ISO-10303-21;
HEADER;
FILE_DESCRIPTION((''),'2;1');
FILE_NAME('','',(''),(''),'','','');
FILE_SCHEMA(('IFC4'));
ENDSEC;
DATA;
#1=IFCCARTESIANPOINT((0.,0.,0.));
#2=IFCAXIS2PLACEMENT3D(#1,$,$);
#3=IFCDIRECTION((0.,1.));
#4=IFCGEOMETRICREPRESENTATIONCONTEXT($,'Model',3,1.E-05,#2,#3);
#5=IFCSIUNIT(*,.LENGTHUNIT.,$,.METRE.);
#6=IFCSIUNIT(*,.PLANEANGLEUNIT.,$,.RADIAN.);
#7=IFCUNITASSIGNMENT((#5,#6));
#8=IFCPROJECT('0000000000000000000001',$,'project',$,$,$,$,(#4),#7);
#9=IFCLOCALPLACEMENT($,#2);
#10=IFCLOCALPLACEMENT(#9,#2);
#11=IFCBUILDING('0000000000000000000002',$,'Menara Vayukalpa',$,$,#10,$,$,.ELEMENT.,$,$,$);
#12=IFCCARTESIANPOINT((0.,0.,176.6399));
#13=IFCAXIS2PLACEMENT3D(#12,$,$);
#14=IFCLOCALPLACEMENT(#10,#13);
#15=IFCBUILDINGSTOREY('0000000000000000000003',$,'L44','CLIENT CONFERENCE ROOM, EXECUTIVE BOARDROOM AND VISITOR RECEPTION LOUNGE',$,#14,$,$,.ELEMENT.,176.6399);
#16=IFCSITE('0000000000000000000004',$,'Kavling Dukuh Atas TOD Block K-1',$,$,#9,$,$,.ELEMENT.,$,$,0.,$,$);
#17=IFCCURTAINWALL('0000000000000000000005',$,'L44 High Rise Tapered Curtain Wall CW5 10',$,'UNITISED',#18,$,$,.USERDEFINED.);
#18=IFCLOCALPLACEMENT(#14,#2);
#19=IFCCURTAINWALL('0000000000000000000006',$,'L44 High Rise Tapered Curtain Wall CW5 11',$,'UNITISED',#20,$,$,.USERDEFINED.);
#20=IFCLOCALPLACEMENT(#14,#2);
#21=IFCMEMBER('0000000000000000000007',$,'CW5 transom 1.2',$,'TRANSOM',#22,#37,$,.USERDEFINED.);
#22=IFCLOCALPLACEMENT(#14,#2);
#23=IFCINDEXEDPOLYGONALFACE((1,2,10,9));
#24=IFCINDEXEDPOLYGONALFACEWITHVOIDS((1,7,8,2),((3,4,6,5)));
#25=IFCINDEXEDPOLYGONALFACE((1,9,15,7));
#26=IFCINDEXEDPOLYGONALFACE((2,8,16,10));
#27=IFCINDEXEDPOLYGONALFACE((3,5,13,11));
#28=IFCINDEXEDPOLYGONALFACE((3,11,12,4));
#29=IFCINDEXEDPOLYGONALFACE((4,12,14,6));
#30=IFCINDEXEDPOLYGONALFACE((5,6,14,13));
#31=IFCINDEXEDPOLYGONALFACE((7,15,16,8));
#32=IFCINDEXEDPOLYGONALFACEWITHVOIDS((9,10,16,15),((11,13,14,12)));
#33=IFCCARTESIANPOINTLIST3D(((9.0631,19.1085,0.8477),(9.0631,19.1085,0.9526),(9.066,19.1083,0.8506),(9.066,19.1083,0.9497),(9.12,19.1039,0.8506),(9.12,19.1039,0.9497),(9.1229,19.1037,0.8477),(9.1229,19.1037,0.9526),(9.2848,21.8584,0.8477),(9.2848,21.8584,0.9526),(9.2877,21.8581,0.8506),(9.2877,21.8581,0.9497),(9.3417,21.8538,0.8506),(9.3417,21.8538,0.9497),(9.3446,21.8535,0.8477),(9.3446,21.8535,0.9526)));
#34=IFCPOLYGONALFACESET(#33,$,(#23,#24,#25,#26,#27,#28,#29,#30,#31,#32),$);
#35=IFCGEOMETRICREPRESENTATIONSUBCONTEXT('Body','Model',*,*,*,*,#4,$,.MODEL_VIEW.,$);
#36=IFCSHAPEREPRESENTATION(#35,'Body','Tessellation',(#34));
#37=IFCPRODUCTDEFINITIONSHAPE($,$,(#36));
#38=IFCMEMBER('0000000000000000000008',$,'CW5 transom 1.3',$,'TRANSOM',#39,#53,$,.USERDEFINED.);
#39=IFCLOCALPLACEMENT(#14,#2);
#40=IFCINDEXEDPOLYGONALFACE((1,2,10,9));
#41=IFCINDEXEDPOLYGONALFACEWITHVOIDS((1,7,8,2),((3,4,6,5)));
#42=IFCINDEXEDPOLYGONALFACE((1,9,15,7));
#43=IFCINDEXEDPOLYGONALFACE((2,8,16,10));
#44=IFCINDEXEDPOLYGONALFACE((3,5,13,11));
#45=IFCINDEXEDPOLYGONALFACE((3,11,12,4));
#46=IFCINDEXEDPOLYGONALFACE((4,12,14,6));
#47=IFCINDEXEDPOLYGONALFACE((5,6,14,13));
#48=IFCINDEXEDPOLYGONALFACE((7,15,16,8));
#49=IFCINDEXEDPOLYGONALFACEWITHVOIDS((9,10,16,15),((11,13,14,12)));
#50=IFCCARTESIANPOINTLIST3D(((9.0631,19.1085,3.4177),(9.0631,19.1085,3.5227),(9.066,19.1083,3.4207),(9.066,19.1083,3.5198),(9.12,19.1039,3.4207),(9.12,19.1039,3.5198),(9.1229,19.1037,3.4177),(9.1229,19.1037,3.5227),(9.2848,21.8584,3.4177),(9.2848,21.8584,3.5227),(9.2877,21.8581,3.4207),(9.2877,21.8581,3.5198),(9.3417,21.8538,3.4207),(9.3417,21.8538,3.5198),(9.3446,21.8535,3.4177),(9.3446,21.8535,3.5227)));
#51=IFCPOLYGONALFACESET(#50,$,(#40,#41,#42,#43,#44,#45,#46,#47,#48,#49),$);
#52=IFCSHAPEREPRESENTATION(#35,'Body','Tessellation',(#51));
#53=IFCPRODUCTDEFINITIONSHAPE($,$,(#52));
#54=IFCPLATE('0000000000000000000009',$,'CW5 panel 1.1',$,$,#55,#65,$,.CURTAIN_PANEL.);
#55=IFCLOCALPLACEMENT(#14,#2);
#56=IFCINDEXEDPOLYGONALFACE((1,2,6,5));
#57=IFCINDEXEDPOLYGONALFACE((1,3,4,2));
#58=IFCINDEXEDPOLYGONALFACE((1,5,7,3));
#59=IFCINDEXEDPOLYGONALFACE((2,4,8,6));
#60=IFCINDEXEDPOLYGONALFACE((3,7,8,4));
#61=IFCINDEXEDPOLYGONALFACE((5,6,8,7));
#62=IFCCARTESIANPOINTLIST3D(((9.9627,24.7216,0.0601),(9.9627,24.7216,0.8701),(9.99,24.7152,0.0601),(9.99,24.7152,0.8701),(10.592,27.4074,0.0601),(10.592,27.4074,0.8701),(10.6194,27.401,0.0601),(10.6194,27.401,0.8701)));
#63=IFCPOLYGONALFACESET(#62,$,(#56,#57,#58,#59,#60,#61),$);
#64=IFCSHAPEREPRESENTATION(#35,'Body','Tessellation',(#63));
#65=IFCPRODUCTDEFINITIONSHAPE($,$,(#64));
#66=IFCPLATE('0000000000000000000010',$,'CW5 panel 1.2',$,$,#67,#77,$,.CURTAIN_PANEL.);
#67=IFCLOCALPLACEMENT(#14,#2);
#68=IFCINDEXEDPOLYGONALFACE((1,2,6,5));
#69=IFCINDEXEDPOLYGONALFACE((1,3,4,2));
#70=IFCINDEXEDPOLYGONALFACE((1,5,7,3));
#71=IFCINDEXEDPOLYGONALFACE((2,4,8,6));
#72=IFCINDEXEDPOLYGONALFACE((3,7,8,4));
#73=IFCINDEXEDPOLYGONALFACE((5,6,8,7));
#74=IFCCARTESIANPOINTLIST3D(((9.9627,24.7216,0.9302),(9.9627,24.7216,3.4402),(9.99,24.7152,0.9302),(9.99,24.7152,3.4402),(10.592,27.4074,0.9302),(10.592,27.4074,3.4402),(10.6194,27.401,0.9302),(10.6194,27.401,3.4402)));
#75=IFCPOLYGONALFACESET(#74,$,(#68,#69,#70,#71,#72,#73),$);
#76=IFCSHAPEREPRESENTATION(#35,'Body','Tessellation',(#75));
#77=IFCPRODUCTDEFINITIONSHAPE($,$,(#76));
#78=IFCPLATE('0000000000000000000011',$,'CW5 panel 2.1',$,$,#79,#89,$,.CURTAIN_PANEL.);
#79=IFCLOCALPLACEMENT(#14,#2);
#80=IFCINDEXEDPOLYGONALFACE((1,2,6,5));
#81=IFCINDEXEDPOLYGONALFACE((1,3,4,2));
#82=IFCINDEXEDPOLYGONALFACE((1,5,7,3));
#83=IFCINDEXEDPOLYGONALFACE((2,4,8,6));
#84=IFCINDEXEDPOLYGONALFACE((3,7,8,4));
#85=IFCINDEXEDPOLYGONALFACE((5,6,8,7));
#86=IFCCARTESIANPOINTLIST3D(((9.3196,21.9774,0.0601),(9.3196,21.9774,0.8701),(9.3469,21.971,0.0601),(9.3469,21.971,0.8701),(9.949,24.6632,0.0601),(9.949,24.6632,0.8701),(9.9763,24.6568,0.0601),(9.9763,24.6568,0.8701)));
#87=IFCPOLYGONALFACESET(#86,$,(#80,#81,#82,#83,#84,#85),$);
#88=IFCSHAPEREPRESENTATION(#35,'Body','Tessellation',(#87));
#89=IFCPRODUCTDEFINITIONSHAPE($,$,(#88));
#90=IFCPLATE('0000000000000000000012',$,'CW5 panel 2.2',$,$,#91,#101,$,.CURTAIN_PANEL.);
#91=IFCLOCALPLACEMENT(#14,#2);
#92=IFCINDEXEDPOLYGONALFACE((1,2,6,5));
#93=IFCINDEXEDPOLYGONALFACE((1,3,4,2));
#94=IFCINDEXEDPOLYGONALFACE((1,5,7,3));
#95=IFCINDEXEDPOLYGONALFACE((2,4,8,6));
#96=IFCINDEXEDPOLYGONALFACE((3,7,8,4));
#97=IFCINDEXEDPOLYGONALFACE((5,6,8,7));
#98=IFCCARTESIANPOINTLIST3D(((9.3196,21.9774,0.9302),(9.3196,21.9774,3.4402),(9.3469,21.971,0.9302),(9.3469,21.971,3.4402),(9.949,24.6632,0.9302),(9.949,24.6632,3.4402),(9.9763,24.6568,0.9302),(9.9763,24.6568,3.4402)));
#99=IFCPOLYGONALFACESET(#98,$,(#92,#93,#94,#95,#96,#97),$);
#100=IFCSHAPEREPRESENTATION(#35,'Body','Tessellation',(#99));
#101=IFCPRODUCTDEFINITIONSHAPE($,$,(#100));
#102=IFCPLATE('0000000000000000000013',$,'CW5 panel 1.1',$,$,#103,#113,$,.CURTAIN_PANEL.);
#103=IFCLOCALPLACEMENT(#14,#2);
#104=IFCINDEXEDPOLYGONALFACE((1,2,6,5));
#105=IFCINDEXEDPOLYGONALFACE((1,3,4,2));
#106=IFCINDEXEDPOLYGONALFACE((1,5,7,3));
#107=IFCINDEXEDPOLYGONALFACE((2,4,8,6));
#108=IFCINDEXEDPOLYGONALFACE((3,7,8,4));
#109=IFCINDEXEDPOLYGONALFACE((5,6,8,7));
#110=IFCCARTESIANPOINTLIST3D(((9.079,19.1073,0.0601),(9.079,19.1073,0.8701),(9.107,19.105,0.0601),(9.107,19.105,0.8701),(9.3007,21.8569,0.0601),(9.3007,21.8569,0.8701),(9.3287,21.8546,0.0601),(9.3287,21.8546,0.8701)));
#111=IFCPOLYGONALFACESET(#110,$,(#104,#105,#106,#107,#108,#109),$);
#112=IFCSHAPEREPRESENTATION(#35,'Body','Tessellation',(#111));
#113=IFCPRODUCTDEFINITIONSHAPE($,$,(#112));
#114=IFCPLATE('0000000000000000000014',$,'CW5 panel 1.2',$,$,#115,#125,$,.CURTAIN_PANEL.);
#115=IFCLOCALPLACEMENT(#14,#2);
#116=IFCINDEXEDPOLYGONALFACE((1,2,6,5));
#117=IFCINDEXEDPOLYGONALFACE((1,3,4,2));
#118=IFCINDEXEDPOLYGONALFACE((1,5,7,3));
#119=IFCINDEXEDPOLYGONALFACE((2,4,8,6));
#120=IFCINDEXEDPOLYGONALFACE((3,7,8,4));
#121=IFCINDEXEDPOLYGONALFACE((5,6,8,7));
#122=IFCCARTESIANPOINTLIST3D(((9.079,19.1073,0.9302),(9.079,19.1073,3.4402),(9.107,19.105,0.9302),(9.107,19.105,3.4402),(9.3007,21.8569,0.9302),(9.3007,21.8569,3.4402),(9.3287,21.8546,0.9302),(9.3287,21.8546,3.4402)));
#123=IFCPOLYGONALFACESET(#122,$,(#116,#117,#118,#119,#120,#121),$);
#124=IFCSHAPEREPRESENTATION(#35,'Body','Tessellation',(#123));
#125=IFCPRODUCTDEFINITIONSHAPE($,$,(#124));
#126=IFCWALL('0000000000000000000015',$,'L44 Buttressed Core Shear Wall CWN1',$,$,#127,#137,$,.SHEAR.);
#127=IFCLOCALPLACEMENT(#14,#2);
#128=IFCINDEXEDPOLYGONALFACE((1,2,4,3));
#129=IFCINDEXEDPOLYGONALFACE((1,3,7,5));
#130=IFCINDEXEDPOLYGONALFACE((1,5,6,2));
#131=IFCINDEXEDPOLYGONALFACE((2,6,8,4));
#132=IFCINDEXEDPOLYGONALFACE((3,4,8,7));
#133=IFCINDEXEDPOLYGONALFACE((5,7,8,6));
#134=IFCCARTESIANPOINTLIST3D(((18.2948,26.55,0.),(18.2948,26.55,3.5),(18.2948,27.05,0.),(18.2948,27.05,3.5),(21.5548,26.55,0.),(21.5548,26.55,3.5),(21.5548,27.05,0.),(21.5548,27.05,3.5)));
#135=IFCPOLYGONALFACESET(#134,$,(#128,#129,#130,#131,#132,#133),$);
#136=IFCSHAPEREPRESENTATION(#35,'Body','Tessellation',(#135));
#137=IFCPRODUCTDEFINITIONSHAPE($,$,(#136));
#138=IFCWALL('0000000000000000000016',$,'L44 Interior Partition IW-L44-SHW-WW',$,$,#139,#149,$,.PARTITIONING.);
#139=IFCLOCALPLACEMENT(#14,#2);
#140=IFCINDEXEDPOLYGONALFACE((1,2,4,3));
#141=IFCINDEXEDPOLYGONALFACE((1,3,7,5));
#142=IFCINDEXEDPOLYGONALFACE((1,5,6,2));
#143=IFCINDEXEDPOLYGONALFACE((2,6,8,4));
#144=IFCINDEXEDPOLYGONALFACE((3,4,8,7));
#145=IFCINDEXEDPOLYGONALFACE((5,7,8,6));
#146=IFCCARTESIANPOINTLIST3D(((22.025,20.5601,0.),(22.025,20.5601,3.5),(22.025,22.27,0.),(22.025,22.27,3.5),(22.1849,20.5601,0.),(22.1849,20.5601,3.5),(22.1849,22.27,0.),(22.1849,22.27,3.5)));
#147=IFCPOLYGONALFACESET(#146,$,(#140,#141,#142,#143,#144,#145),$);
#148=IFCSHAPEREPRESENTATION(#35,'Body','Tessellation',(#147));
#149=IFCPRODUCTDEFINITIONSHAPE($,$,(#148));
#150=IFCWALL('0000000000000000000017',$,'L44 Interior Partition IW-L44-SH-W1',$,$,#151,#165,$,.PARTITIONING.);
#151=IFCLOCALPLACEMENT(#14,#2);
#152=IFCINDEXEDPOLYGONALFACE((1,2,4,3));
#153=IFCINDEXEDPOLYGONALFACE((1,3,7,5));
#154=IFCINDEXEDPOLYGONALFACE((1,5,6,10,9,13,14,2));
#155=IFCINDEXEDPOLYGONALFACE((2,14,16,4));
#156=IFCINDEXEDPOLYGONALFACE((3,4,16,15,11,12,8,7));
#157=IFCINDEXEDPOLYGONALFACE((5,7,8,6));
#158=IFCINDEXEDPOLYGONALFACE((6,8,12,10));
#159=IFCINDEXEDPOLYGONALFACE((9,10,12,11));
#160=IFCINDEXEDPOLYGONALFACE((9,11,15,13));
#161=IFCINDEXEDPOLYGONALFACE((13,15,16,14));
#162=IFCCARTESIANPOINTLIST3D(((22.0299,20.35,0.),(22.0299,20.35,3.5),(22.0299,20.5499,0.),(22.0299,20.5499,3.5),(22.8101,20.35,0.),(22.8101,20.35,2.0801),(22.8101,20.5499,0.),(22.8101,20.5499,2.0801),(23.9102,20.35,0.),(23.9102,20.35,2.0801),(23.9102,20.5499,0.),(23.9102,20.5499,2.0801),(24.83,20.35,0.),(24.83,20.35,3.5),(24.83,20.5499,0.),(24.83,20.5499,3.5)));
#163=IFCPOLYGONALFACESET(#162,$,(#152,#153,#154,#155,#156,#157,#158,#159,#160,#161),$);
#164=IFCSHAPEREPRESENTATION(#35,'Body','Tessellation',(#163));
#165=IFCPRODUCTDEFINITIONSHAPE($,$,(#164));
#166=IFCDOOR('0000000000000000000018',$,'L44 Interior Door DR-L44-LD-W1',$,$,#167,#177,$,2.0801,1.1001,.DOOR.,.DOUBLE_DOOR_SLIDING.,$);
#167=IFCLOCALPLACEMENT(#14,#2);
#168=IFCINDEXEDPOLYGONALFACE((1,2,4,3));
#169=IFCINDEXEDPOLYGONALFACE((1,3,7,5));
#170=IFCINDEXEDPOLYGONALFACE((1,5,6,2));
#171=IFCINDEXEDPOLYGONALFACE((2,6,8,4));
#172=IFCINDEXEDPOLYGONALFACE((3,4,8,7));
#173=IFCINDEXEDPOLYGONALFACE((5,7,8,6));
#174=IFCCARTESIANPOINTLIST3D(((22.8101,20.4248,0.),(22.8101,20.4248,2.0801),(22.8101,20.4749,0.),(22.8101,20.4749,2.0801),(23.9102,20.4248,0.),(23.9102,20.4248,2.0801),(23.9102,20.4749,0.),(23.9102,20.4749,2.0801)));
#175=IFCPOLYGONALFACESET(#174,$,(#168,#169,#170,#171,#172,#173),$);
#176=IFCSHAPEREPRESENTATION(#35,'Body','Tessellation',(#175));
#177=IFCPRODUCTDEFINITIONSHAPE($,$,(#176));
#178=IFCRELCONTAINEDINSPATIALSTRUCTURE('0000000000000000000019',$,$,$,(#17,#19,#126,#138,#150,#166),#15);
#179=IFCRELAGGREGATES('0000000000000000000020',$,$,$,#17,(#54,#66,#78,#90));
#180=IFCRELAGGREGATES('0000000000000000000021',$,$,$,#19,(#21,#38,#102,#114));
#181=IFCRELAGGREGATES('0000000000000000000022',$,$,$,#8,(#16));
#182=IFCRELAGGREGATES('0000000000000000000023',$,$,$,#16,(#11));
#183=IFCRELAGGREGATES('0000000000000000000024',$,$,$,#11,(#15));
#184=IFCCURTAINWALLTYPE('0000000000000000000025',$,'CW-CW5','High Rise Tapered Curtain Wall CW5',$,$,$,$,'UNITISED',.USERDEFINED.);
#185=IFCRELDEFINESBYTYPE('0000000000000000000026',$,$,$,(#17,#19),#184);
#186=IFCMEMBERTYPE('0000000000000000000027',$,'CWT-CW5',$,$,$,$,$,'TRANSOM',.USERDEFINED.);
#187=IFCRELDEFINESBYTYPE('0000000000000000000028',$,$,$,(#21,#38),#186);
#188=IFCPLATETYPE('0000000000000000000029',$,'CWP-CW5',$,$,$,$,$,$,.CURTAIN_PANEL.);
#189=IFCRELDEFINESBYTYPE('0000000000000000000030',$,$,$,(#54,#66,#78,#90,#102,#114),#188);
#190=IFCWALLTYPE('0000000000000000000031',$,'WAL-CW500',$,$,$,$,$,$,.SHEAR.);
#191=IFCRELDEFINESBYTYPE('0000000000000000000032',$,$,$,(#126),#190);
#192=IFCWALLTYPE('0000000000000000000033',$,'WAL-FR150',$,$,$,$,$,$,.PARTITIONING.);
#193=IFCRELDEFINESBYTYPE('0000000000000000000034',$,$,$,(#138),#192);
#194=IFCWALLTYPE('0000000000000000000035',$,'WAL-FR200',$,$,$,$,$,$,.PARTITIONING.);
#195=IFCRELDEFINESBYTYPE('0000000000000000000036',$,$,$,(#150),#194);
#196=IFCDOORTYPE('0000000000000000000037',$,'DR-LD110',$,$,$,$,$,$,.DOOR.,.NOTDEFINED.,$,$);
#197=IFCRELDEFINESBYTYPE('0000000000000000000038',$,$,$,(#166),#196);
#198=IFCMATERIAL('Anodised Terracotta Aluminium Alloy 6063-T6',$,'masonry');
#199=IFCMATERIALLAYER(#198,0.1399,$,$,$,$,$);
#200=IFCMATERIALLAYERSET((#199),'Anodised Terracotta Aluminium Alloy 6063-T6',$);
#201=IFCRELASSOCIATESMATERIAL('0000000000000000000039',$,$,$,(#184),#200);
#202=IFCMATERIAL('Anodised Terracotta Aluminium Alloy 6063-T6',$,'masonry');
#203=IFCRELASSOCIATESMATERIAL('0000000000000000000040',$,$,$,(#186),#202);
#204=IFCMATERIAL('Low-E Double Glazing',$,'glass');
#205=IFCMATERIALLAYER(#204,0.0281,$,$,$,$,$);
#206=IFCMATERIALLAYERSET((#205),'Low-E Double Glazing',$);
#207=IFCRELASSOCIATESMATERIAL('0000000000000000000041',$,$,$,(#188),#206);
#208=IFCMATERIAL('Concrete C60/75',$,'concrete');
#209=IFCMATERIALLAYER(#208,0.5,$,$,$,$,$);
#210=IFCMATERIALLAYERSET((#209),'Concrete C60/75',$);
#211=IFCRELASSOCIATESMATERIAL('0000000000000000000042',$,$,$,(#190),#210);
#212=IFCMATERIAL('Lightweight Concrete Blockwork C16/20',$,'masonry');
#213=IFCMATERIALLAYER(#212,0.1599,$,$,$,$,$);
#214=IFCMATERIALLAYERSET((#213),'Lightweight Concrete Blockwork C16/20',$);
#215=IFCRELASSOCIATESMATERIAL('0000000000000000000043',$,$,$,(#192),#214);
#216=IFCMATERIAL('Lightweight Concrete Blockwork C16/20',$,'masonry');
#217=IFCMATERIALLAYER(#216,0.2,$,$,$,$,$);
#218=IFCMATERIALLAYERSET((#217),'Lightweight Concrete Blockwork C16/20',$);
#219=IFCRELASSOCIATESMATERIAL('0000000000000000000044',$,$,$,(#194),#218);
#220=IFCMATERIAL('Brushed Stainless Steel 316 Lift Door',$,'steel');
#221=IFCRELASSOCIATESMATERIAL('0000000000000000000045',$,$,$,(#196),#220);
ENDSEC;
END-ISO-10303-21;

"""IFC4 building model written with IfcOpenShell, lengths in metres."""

from ifc_helpers import new_model, si_unit, direction, frame, frame_2d, origin, origin_2d, place, context, subcontext, project, spatial, rectangle, hollow_rectangle, extrude, material, layer, layer_set, material_profile, profile_set, type_object, element, fill, aggregate, save


model = new_model("IFC4")

# Units and contexts
model_context = context("Model", 3, precision=1e-05, world=origin(), true_north=direction((0.0, 1.0)))
body_context = subcontext(model_context, "Body", "Model", "MODEL_VIEW")
ifc_project = project(units=[si_unit("LENGTHUNIT", "METRE"), si_unit("PLANEANGLEUNIT", "RADIAN")], contexts=[model_context])

# Site, building, storey
site_placement = place(None, origin())
site = spatial("IfcSite", under=ifc_project, at=site_placement, Name="Kavling Dukuh Atas TOD Block K-1", CompositionType="ELEMENT", RefElevation=0.0)
building_placement = place(site_placement, origin())
building = spatial("IfcBuilding", under=site, at=building_placement, Name="Menara Vayukalpa", CompositionType="ELEMENT")
storey_placement = place(building_placement, frame((0.0, 0.0, 176.6399)))
storey = spatial("IfcBuildingStorey", under=building, at=storey_placement, Name="L44", Description="CLIENT CONFERENCE ROOM, EXECUTIVE BOARDROOM AND VISITOR RECEPTION LOUNGE", CompositionType="ELEMENT", Elevation=176.6399)

# Curtain wall
ifc_material_1 = material(Name="Anodised Terracotta Aluminium Alloy 6063-T6", Category="masonry")
ifc_layer_1 = layer(ifc_material_1, 0.1399)
ifc_layer_set_1 = layer_set([ifc_layer_1], Name="Anodised Terracotta Aluminium Alloy 6063-T6")
curtain_wall_type = type_object("IfcCurtainWallType", Name="CW-CW5", Description="High Rise Tapered Curtain Wall CW5", ElementType="UNITISED", PredefinedType="USERDEFINED", material=ifc_layer_set_1)
curtain_wall_1_placement = place(storey_placement, origin())
curtain_wall_1 = element("IfcCurtainWall", 1, at=curtain_wall_1_placement, inside=storey, type_object=curtain_wall_type, Name="L44 High Rise Tapered Curtain Wall CW5 10", ObjectType="UNITISED", PredefinedType="USERDEFINED")

# Curtain wall
curtain_wall_2_placement = place(storey_placement, origin())
curtain_wall_2 = element("IfcCurtainWall", 2, at=curtain_wall_2_placement, inside=storey, type_object=curtain_wall_type, Name="L44 High Rise Tapered Curtain Wall CW5 11", ObjectType="UNITISED", PredefinedType="USERDEFINED")

# Members
ifc_material_2 = material(Name="Anodised Terracotta Aluminium Alloy 6063-T6", Category="masonry")
ifc_material_profile_1 = material_profile(ifc_material_2, hollow_rectangle(XDim=0.0601, YDim=0.105, WallThickness=0.0029, at=origin_2d()), Name="ALU 60x105x3")
ifc_profile_set_1 = profile_set([ifc_material_profile_1], Name="Anodised Terracotta Aluminium Alloy 6063-T6")
member_type_1 = type_object("IfcMemberType", Name="CWT-CW5", ElementType="TRANSOM", PredefinedType="USERDEFINED", material=ifc_profile_set_1)
member_1_placement = place(storey_placement, frame((9.3147, 21.856, 0.9001), z_axis=(-0.080357, -0.996766, 0.0), x_axis=(0.996766, -0.080357, 0.0)))
member_1 = element("IfcMember", 3, at=member_1_placement, type_object=member_type_1, Name="CW5 transom 1.2", ObjectType="TRANSOM", PredefinedType="USERDEFINED", context=body_context, shape_type="SweptSolid", body=[
    extrude(hollow_rectangle(XDim=0.0601, YDim=0.105, WallThickness=0.0029, at=origin_2d()), origin(), (0.0, 0.0, 1.0), 2.7588),
])
member_2_placement = place(storey_placement, frame((9.3147, 21.856, 3.4702), z_axis=(-0.080357, -0.996766, 0.0), x_axis=(0.996766, -0.080357, 0.0)))
member_2 = element("IfcMember", 4, at=member_2_placement, type_object=member_type_1, Name="CW5 transom 1.3", ObjectType="TRANSOM", PredefinedType="USERDEFINED", context=body_context, shape_type="SweptSolid", body=[
    extrude(hollow_rectangle(XDim=0.0601, YDim=0.105, WallThickness=0.0029, at=origin_2d()), origin(), (0.0, 0.0, 1.0), 2.7588),
])

# Plates
ifc_material_3 = material(Name="Low-E Double Glazing", Category="glass")
ifc_layer_2 = layer(ifc_material_3, 0.0281)
ifc_layer_set_2 = layer_set([ifc_layer_2], Name="Low-E Double Glazing")
plate_type = type_object("IfcPlateType", Name="CWP-CW5", PredefinedType="CURTAIN_PANEL", material=ifc_layer_set_2)
plate_1_placement = place(storey_placement, frame((10.291, 26.0613, 0.0601), z_axis=(0.0, 0.0, 1.0), x_axis=(-0.228149, -0.973626, 0.0)))
plate_1 = element("IfcPlate", 5, at=plate_1_placement, type_object=plate_type, Name="CW5 panel 1.1", PredefinedType="CURTAIN_PANEL", context=body_context, shape_type="SweptSolid", body=[
    extrude(rectangle(XDim=2.7585, YDim=0.0281, at=origin_2d()), origin(), (0.0, 0.0, 1.0), 0.8101),
])
plate_2_placement = place(storey_placement, frame((10.291, 26.0613, 0.9302), z_axis=(0.0, 0.0, 1.0), x_axis=(-0.228149, -0.973626, 0.0)))
plate_2 = element("IfcPlate", 6, at=plate_2_placement, type_object=plate_type, Name="CW5 panel 1.2", PredefinedType="CURTAIN_PANEL", context=body_context, shape_type="SweptSolid", body=[
    extrude(rectangle(XDim=2.7585, YDim=0.0281, at=origin_2d()), origin(), (0.0, 0.0, 1.0), 2.51),
])
plate_3_placement = place(storey_placement, frame((9.6479, 23.3171, 0.0601), z_axis=(0.0, 0.0, 1.0), x_axis=(-0.228149, -0.973626, 0.0)))
plate_3 = element("IfcPlate", 7, at=plate_3_placement, type_object=plate_type, Name="CW5 panel 2.1", PredefinedType="CURTAIN_PANEL", context=body_context, shape_type="SweptSolid", body=[
    extrude(rectangle(XDim=2.7585, YDim=0.0281, at=origin_2d()), origin(), (0.0, 0.0, 1.0), 0.8101),
])
plate_4_placement = place(storey_placement, frame((9.6479, 23.3171, 0.9302), z_axis=(0.0, 0.0, 1.0), x_axis=(-0.228149, -0.973626, 0.0)))
plate_4 = element("IfcPlate", 8, at=plate_4_placement, type_object=plate_type, Name="CW5 panel 2.2", PredefinedType="CURTAIN_PANEL", context=body_context, shape_type="SweptSolid", body=[
    extrude(rectangle(XDim=2.7585, YDim=0.0281, at=origin_2d()), origin(), (0.0, 0.0, 1.0), 2.51),
])
aggregate(curtain_wall_1, [plate_1, plate_2, plate_3, plate_4])
plate_5_placement = place(storey_placement, frame((9.2039, 20.481, 0.0601), z_axis=(0.0, 0.0, 1.0), x_axis=(-0.080374, -0.996765, 0.0)))
plate_5 = element("IfcPlate", 9, at=plate_5_placement, type_object=plate_type, Name="CW5 panel 1.1", PredefinedType="CURTAIN_PANEL", context=body_context, shape_type="SweptSolid", body=[
    extrude(rectangle(XDim=2.7585, YDim=0.0281, at=origin_2d()), origin(), (0.0, 0.0, 1.0), 0.8101),
])
plate_6_placement = place(storey_placement, frame((9.2039, 20.481, 0.9302), z_axis=(0.0, 0.0, 1.0), x_axis=(-0.080374, -0.996765, 0.0)))
plate_6 = element("IfcPlate", 10, at=plate_6_placement, type_object=plate_type, Name="CW5 panel 1.2", PredefinedType="CURTAIN_PANEL", context=body_context, shape_type="SweptSolid", body=[
    extrude(rectangle(XDim=2.7585, YDim=0.0281, at=origin_2d()), origin(), (0.0, 0.0, 1.0), 2.51),
])
aggregate(curtain_wall_2, [member_1, member_2, plate_5, plate_6])

# Walls
ifc_material_4 = material(Name="Concrete C60/75", Category="concrete")
ifc_layer_3 = layer(ifc_material_4, 0.5)
ifc_layer_set_3 = layer_set([ifc_layer_3], Name="Concrete C60/75")
wall_type_1 = type_object("IfcWallType", Name="WAL-CW500", PredefinedType="SHEAR", material=ifc_layer_set_3)
wall_1_placement = place(storey_placement, frame((18.2949, 26.8, 0.0), z_axis=(0.0, 0.0, 1.0), x_axis=(1.0, 0.0, 0.0)))
element("IfcWall", 11, at=wall_1_placement, inside=storey, type_object=wall_type_1, Name="L44 Buttressed Core Shear Wall CWN1", PredefinedType="SHEAR", context=body_context, shape_type="SweptSolid", body=[
    extrude(rectangle(XDim=3.26, YDim=0.5, at=frame_2d((1.6299, 0.0))), origin(), (0.0, 0.0, 1.0), 3.5),
])
ifc_material_5 = material(Name="Lightweight Concrete Blockwork C16/20", Category="masonry")
ifc_layer_4 = layer(ifc_material_5, 0.1599)
ifc_layer_set_4 = layer_set([ifc_layer_4], Name="Lightweight Concrete Blockwork C16/20")
wall_type_2 = type_object("IfcWallType", Name="WAL-FR150", PredefinedType="PARTITIONING", material=ifc_layer_set_4)
wall_2_placement = place(storey_placement, frame((22.105, 20.5601, 0.0), z_axis=(0.0, 0.0, 1.0), x_axis=(0.0, 1.0, 0.0)))
element("IfcWall", 12, at=wall_2_placement, inside=storey, type_object=wall_type_2, Name="L44 Interior Partition IW-L44-SHW-WW", PredefinedType="PARTITIONING", context=body_context, shape_type="SweptSolid", body=[
    extrude(rectangle(XDim=1.71, YDim=0.1599, at=frame_2d((0.855, 0.0))), origin(), (0.0, 0.0, 1.0), 3.5),
])

# Wall, opening, door
ifc_material_6 = material(Name="Lightweight Concrete Blockwork C16/20", Category="masonry")
ifc_layer_5 = layer(ifc_material_6, 0.2)
ifc_layer_set_5 = layer_set([ifc_layer_5], Name="Lightweight Concrete Blockwork C16/20")
wall_type_3 = type_object("IfcWallType", Name="WAL-FR200", PredefinedType="PARTITIONING", material=ifc_layer_set_5)
wall_3_placement = place(storey_placement, frame((22.03, 20.45, 0.0), z_axis=(0.0, 0.0, 1.0), x_axis=(1.0, 0.0, 0.0)))
wall_3 = element("IfcWall", 13, at=wall_3_placement, inside=storey, type_object=wall_type_3, Name="L44 Interior Partition IW-L44-SH-W1", PredefinedType="PARTITIONING", context=body_context, shape_type="SweptSolid", body=[
    extrude(rectangle(XDim=2.8, YDim=0.2, at=frame_2d((1.3999, 0.0))), origin(), (0.0, 0.0, 1.0), 3.5),
])
opening_1_placement = place(wall_3_placement, frame((0.78, 0.0, 0.0)))
opening_1 = element("IfcOpeningElement", 14, at=opening_1_placement, cuts=wall_3, PredefinedType="OPENING", context=body_context, shape_type="SweptSolid", body=[
    extrude(rectangle(XDim=1.1001, YDim=2.0801, at=frame_2d((0.55, 1.04))), frame((0.0, 0.1099, 0.0), z_axis=(0.0, -1.0, 0.0), x_axis=(1.0, 0.0, 0.0)), (0.0, 0.0, 1.0), 0.22),
])
ifc_material_7 = material(Name="Brushed Stainless Steel 316 Lift Door", Category="steel")
door_type_1 = type_object("IfcDoorType", Name="DR-LD110", OperationType="NOTDEFINED", PredefinedType="DOOR", material=ifc_material_7)
door_1_placement = place(opening_1_placement, origin())
door_1 = element("IfcDoor", 15, at=door_1_placement, inside=storey, type_object=door_type_1, Name="L44 Interior Door DR-L44-LD-W1", OperationType="DOUBLE_DOOR_SLIDING", OverallHeight=2.0801, OverallWidth=1.1001, PredefinedType="DOOR", context=body_context, shape_type="SweptSolid", body=[
    extrude(rectangle(XDim=1.1001, YDim=2.0801, at=frame_2d((0.55, 1.04))), frame((0.0, 0.0249, 0.0), z_axis=(0.0, -1.0, 0.0), x_axis=(1.0, 0.0, 0.0)), (0.0, 0.0, 1.0), 0.05),
])
fill(opening_1, door_1)

save(model, "model.ifc")
